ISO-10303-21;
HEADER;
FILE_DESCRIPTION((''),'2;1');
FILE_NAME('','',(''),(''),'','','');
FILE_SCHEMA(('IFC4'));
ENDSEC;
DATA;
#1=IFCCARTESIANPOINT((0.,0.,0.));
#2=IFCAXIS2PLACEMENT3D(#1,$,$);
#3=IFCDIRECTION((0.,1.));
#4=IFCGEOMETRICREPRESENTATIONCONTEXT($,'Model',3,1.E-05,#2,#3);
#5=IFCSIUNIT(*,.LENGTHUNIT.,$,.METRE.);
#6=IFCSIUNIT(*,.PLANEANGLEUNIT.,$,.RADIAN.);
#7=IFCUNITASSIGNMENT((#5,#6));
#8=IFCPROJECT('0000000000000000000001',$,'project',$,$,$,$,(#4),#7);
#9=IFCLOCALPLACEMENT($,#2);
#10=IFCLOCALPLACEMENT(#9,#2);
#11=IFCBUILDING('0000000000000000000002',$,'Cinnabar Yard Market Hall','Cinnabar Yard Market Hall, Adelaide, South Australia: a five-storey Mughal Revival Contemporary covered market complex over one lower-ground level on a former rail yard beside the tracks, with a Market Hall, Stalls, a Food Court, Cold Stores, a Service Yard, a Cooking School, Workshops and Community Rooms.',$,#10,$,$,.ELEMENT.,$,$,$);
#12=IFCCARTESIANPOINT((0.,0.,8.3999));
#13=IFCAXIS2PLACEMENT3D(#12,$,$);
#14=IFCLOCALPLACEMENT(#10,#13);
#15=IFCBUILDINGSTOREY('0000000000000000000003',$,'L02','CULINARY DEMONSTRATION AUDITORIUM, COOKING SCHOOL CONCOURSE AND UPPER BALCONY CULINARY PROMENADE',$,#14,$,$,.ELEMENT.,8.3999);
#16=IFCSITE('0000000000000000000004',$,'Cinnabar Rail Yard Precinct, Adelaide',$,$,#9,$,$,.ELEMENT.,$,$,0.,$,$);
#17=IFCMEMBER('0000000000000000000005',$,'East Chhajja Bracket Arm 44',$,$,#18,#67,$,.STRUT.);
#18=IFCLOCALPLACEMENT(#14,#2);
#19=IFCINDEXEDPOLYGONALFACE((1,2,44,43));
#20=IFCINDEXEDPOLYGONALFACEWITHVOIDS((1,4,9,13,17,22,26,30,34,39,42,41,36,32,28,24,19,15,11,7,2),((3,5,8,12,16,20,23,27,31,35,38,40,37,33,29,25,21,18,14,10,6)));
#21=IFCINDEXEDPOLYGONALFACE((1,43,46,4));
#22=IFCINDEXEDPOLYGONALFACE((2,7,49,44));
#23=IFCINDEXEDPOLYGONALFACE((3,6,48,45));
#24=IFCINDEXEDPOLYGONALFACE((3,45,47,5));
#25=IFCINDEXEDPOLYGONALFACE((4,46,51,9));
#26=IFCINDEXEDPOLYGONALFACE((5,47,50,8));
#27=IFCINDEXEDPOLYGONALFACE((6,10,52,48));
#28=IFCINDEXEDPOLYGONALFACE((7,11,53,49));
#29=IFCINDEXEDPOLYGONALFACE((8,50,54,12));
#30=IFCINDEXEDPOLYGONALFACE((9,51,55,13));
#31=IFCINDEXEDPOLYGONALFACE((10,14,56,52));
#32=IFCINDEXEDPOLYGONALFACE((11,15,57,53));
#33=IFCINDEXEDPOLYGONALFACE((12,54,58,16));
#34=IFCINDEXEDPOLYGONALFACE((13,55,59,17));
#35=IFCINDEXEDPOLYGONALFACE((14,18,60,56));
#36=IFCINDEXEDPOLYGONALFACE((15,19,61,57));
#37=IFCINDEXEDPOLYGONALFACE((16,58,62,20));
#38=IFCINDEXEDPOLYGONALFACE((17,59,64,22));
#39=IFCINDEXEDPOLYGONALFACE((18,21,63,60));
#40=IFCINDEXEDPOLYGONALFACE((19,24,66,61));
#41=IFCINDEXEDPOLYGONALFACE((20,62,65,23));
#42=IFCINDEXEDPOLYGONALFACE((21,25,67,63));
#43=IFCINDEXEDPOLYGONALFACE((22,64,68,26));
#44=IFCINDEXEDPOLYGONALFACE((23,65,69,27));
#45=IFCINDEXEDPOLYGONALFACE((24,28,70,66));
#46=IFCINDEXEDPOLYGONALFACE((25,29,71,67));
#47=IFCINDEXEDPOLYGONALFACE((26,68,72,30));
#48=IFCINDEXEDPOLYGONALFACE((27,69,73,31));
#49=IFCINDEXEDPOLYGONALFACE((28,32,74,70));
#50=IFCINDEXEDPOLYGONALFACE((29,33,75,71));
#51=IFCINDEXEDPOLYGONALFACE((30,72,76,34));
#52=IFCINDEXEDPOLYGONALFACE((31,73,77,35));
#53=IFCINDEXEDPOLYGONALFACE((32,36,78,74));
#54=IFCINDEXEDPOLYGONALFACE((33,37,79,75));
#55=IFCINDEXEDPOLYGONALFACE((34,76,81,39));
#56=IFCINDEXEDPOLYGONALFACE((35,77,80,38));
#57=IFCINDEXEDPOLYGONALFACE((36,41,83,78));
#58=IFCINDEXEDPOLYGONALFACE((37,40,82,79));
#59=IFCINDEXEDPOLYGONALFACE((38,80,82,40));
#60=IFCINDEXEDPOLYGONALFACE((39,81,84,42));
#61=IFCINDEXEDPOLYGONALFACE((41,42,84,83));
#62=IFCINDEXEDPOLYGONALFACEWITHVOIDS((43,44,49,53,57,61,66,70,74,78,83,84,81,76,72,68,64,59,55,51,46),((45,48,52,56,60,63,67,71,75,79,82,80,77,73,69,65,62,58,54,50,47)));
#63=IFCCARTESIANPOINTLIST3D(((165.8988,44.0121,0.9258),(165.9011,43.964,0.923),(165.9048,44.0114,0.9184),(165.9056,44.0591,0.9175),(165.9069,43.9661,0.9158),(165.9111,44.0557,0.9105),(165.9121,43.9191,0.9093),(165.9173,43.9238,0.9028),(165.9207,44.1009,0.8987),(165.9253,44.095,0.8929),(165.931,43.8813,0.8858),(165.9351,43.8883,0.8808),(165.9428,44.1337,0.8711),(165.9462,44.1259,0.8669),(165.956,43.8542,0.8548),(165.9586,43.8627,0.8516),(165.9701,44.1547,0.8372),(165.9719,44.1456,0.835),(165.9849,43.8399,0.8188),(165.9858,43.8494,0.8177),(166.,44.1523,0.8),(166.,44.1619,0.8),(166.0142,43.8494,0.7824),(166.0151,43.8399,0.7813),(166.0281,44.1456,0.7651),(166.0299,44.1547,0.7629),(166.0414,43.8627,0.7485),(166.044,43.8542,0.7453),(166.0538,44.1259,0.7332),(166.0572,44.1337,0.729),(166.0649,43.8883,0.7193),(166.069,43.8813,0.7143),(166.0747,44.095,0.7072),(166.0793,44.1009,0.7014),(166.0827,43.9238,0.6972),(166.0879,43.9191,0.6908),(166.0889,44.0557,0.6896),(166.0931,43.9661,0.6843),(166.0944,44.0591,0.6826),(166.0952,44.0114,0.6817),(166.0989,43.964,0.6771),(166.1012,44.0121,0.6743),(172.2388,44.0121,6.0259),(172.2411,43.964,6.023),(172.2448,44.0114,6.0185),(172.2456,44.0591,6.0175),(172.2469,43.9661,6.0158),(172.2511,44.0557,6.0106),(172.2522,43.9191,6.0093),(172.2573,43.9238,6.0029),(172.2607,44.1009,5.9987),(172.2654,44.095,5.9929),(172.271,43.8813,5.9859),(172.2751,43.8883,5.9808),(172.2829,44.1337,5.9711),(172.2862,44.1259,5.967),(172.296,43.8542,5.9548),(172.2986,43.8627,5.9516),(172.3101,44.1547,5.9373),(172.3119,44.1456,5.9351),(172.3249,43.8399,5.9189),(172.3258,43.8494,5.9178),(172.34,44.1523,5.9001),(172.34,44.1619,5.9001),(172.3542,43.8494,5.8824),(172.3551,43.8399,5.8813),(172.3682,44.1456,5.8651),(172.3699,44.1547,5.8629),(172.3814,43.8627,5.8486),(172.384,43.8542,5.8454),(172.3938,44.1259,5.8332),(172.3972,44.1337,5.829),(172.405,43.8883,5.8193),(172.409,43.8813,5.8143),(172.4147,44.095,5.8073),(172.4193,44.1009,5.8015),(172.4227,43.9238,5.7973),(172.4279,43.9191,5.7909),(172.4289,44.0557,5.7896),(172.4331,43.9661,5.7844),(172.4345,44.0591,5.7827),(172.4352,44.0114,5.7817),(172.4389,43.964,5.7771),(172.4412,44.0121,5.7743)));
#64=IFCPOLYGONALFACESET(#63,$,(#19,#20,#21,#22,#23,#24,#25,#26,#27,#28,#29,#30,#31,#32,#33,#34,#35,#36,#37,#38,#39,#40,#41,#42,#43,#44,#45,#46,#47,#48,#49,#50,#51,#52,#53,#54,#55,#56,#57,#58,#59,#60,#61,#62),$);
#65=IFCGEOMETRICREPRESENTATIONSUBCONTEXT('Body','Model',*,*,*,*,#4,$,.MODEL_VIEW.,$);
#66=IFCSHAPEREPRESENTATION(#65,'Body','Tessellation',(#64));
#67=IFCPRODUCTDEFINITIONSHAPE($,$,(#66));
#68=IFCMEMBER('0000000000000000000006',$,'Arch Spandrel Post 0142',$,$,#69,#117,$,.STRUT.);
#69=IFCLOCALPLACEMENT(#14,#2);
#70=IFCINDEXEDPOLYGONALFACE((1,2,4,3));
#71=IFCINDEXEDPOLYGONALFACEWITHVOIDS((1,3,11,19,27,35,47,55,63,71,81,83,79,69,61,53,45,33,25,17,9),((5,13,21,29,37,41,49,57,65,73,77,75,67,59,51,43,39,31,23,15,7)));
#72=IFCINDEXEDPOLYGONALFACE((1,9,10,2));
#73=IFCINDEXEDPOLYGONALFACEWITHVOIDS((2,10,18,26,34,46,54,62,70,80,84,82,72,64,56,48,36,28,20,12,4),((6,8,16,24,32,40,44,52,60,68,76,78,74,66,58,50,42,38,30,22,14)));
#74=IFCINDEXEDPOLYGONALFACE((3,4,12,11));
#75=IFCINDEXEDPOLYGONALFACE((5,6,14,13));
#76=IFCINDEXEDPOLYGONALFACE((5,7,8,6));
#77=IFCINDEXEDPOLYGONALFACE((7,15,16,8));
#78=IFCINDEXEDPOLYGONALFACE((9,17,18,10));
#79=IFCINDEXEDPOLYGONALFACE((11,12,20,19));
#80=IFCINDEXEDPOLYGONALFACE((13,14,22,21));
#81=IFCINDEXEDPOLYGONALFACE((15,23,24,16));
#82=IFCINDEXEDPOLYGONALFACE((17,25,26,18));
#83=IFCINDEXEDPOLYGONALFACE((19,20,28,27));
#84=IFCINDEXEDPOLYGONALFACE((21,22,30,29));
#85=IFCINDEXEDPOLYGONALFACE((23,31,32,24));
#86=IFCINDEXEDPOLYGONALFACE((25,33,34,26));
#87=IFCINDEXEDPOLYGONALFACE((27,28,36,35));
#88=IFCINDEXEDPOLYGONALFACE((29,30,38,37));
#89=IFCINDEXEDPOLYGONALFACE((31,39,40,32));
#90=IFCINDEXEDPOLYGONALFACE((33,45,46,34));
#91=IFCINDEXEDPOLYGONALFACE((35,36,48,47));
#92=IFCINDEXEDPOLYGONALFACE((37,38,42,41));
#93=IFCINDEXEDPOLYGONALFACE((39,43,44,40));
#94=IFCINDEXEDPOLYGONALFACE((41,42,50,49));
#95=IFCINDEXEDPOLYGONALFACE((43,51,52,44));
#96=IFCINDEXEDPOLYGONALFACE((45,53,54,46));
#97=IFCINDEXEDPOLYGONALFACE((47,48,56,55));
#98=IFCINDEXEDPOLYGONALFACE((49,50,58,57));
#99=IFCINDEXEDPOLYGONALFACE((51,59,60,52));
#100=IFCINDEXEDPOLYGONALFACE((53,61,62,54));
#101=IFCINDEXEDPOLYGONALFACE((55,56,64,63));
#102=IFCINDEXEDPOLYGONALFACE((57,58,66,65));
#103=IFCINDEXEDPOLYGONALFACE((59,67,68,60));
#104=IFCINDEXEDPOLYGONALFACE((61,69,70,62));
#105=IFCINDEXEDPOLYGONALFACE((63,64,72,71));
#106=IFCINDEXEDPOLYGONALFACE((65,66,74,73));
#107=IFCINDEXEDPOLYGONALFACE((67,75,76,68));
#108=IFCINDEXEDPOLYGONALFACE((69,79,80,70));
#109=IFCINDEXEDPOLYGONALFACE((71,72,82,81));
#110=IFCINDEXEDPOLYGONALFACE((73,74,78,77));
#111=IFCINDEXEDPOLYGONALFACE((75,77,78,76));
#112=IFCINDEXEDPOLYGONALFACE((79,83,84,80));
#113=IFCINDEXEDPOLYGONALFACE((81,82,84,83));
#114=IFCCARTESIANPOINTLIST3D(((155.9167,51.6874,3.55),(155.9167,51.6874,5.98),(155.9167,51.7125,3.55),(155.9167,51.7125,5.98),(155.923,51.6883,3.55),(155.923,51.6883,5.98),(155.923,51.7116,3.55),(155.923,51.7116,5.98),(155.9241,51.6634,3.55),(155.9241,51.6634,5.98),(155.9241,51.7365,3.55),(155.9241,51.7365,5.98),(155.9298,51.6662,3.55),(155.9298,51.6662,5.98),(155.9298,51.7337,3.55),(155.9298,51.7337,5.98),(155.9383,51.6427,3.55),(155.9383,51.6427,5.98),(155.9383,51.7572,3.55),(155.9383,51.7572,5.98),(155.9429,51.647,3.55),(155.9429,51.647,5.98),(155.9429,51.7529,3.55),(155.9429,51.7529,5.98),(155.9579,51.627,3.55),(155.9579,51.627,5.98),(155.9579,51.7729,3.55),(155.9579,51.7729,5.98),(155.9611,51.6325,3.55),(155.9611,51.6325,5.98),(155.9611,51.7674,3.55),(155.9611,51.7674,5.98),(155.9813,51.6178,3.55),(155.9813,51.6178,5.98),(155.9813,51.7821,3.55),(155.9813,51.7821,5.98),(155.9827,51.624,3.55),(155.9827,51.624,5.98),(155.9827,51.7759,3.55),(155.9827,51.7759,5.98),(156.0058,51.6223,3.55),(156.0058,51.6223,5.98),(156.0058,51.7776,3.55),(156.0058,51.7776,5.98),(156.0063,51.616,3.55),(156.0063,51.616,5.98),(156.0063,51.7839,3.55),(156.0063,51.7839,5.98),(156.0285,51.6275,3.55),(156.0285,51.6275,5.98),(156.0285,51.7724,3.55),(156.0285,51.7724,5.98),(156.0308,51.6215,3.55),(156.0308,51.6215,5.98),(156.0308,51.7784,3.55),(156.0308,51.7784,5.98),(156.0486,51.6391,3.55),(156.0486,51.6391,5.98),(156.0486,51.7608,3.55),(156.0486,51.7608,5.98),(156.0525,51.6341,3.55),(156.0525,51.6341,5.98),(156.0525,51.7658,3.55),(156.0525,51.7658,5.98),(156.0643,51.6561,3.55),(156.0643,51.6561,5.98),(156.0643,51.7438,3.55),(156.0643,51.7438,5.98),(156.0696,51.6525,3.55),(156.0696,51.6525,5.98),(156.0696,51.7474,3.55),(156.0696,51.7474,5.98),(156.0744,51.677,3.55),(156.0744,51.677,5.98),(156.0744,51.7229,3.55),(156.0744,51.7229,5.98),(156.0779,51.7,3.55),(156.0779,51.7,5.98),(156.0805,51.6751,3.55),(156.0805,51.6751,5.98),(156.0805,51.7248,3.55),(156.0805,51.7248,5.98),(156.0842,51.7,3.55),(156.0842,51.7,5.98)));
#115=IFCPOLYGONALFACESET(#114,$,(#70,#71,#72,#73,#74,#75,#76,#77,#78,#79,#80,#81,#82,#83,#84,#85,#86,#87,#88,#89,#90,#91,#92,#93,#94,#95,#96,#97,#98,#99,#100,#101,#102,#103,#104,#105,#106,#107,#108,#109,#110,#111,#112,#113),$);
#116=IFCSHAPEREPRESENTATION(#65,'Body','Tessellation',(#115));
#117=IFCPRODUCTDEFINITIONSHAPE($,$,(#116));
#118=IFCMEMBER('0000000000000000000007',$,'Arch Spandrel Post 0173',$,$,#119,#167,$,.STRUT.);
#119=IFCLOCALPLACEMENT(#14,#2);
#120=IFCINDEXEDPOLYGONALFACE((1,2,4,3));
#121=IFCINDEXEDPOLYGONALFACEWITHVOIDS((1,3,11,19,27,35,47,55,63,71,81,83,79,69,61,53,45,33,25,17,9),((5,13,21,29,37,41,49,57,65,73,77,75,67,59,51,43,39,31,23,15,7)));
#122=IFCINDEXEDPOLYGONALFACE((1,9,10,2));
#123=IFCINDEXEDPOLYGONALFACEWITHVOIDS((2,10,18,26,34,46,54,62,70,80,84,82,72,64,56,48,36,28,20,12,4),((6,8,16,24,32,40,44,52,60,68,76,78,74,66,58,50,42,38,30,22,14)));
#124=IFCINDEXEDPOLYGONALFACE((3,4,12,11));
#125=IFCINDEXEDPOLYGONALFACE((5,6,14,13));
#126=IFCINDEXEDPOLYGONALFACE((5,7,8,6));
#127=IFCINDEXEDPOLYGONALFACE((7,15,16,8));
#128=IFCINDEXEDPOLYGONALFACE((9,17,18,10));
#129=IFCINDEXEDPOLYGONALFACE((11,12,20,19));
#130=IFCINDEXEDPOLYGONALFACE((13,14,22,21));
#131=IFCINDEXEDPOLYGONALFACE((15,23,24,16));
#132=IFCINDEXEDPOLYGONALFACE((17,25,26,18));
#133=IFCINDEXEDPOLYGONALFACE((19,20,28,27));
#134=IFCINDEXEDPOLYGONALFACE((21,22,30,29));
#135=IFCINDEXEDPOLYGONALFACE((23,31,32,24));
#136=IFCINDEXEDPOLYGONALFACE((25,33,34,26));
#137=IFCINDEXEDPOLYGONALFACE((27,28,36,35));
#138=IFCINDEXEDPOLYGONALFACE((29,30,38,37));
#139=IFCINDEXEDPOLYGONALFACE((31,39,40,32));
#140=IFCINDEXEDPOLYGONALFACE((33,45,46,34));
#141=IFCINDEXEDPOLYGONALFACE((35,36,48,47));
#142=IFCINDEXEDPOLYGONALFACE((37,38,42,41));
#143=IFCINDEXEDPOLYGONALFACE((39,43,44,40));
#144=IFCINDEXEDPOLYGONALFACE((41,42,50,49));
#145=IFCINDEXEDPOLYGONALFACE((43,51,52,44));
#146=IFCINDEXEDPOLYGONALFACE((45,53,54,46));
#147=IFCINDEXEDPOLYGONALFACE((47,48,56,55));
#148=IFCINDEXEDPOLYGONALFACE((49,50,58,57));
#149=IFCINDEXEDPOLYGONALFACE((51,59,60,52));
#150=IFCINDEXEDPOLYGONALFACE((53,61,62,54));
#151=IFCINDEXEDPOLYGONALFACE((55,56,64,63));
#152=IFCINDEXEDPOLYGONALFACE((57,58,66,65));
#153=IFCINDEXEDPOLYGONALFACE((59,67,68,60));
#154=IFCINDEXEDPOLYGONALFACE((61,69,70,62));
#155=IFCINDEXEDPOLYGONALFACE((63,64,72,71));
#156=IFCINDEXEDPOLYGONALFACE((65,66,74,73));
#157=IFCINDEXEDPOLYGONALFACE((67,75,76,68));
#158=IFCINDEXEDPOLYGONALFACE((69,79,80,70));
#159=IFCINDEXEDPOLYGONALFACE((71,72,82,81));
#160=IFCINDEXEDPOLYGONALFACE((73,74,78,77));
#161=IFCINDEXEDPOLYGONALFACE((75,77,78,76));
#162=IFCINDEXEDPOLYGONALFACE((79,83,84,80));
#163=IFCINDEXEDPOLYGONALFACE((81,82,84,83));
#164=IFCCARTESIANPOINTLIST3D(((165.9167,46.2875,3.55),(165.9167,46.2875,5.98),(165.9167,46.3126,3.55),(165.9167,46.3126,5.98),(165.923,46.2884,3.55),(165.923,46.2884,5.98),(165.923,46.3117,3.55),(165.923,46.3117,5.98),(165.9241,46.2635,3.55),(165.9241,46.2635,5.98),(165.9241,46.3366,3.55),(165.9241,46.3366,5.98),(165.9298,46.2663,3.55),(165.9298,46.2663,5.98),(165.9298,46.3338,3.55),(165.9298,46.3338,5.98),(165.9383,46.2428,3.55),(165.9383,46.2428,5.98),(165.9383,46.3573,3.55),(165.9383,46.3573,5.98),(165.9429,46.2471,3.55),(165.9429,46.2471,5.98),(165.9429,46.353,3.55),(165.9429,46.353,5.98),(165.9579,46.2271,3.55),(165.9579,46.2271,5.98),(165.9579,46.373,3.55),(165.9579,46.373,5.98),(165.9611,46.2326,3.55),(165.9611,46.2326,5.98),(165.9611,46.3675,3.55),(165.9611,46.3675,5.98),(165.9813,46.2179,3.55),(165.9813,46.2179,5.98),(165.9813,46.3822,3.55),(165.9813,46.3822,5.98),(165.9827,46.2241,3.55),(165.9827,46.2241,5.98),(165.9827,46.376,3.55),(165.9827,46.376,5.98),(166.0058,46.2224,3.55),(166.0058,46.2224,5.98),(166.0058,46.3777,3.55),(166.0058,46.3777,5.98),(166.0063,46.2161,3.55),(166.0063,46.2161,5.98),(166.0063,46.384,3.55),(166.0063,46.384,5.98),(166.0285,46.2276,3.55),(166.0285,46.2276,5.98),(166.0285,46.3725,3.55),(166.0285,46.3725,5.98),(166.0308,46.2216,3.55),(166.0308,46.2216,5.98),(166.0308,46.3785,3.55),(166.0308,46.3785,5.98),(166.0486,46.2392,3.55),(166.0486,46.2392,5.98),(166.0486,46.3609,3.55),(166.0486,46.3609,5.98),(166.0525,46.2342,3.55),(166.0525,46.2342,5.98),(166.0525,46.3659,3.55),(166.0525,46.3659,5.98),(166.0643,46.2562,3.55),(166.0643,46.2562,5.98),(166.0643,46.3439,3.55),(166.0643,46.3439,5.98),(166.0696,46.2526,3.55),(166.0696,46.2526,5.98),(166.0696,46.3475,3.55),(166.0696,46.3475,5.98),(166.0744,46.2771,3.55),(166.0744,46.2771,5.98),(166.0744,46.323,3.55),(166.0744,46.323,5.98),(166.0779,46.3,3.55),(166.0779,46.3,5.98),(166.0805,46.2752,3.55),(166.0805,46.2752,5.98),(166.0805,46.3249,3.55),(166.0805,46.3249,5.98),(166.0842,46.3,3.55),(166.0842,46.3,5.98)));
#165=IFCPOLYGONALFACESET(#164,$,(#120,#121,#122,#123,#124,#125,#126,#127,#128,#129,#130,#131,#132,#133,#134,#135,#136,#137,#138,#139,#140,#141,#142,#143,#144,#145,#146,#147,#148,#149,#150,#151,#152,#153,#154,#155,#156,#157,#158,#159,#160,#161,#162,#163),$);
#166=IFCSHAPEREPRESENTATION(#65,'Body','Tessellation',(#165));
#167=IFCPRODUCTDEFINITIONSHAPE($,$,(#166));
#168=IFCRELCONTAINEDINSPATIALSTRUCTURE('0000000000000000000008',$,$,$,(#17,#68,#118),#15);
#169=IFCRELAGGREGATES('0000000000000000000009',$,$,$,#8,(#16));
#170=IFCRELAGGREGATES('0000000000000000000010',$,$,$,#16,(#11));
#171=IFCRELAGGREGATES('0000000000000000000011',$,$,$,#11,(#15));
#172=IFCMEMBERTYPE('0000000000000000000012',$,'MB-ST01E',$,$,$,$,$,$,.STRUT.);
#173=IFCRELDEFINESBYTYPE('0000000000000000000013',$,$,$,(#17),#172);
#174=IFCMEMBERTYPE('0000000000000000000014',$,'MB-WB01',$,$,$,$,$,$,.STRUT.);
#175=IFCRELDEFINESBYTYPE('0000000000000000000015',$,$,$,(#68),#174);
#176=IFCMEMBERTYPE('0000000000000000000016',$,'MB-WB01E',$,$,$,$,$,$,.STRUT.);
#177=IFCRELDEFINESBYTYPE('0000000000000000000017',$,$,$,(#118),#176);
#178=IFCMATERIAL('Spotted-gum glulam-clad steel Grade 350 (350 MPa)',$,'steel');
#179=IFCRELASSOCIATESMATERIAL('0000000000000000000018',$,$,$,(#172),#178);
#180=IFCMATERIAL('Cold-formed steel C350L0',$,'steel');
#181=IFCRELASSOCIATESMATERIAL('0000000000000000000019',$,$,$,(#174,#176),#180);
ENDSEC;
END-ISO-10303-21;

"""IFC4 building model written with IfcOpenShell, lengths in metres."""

from ifc_helpers import new_model, si_unit, direction, frame, origin, origin_2d_with_axis, place, context, subcontext, project, spatial, hollow_circle, extrude, material, material_profile, profile_set, type_object, element, save


model = new_model("IFC4")

# Units and contexts
model_context = context("Model", 3, precision=1e-05, world=origin(), true_north=direction((0.0, 1.0)))
body_context = subcontext(model_context, "Body", "Model", "MODEL_VIEW")
ifc_project = project(units=[si_unit("LENGTHUNIT", "METRE"), si_unit("PLANEANGLEUNIT", "RADIAN")], contexts=[model_context])

# Site, building, storey
site_placement = place(None, origin())
site = spatial("IfcSite", under=ifc_project, at=site_placement, Name="Cinnabar Rail Yard Precinct, Adelaide", CompositionType="ELEMENT", RefElevation=0.0)
building_placement = place(site_placement, origin())
building = spatial("IfcBuilding", under=site, at=building_placement, Name="Cinnabar Yard Market Hall", Description="Cinnabar Yard Market Hall, Adelaide, South Australia: a five-storey Mughal Revival Contemporary covered market complex over one lower-ground level on a former rail yard beside the tracks, with a Market Hall, Stalls, a Food Court, Cold Stores, a Service Yard, a Cooking School, Workshops and Community Rooms.", CompositionType="ELEMENT")
storey_placement = place(building_placement, frame((0.0, 0.0, 8.3999)))
storey = spatial("IfcBuildingStorey", under=building, at=storey_placement, Name="L02", Description="CULINARY DEMONSTRATION AUDITORIUM, COOKING SCHOOL CONCOURSE AND UPPER BALCONY CULINARY PROMENADE", CompositionType="ELEMENT", Elevation=8.3999)

# Shared definitions
ifc_material_1 = material(Name="Spotted-gum glulam-clad steel Grade 350 (350 MPa)", Category="steel")

# Members
ifc_material_profile_1 = material_profile(ifc_material_1, hollow_circle(Radius=0.1619, WallThickness=0.0095, at=origin_2d_with_axis()), Name="323.9x9.5CHS")
ifc_profile_set_1 = profile_set([ifc_material_profile_1], Name="Spotted-gum glulam-clad steel Grade 350 (350 MPa)")
member_type_1 = type_object("IfcMemberType", Name="MB-ST01E", PredefinedType="STRUT", material=ifc_profile_set_1)
member_1_placement = place(storey_placement, frame((166.0, 44.0, 0.8), z_axis=(0.779186, 0.0, 0.626793), x_axis=(0.0, 1.0, 0.0)))
element("IfcMember", 1, at=member_1_placement, inside=storey, type_object=member_type_1, Name="East Chhajja Bracket Arm 44", PredefinedType="STRUT", context=body_context, shape_type="SweptSolid", body=[
    extrude(hollow_circle(Radius=0.1619, WallThickness=0.0095, at=origin_2d_with_axis()), origin(), (0.0, 0.0, 1.0), 8.1367),
])
ifc_material_2 = material(Name="Cold-formed steel C350L0", Category="steel")
ifc_material_profile_2 = material_profile(ifc_material_2, hollow_circle(Radius=0.0842, WallThickness=0.0063, at=origin_2d_with_axis()), Name="168.3x6.4CHS")
ifc_profile_set_2 = profile_set([ifc_material_profile_2], Name="Cold-formed steel C350L0")
member_type_2 = type_object("IfcMemberType", Name="MB-WB01", PredefinedType="STRUT", material=ifc_profile_set_2)
member_2_placement = place(storey_placement, frame((156.0, 51.7, 3.55), z_axis=(0.0, 0.0, 1.0), x_axis=(1.0, 0.0, 0.0)))
element("IfcMember", 2, at=member_2_placement, inside=storey, type_object=member_type_2, Name="Arch Spandrel Post 0142", PredefinedType="STRUT", context=body_context, shape_type="SweptSolid", body=[
    extrude(hollow_circle(Radius=0.0842, WallThickness=0.0063, at=origin_2d_with_axis()), origin(), (0.0, 0.0, 1.0), 2.4299),
])
ifc_material_profile_3 = material_profile(ifc_material_2, hollow_circle(Radius=0.0842, WallThickness=0.0063, at=origin_2d_with_axis()), Name="168.3x6.4CHS")
ifc_profile_set_3 = profile_set([ifc_material_profile_3], Name="Cold-formed steel C350L0")
member_type_3 = type_object("IfcMemberType", Name="MB-WB01E", PredefinedType="STRUT", material=ifc_profile_set_3)
for number, where, z_axis, x_axis, name in (
    (3, (166.0, 46.3, 3.55), (0.0, 0.0, 1.0), (1.0, 0.0, 0.0), "Arch Spandrel Post 0173"),
):
    element("IfcMember", number, at=place(storey_placement, frame(where, z_axis=z_axis, x_axis=x_axis)), inside=storey, type_object=member_type_3, Name=name, PredefinedType="STRUT", context=body_context, shape_type="SweptSolid", body=[
        extrude(hollow_circle(Radius=0.0842, WallThickness=0.0063, at=origin_2d_with_axis()), origin(), (0.0, 0.0, 1.0), 2.4299),
    ])

save(model, "model.ifc")
